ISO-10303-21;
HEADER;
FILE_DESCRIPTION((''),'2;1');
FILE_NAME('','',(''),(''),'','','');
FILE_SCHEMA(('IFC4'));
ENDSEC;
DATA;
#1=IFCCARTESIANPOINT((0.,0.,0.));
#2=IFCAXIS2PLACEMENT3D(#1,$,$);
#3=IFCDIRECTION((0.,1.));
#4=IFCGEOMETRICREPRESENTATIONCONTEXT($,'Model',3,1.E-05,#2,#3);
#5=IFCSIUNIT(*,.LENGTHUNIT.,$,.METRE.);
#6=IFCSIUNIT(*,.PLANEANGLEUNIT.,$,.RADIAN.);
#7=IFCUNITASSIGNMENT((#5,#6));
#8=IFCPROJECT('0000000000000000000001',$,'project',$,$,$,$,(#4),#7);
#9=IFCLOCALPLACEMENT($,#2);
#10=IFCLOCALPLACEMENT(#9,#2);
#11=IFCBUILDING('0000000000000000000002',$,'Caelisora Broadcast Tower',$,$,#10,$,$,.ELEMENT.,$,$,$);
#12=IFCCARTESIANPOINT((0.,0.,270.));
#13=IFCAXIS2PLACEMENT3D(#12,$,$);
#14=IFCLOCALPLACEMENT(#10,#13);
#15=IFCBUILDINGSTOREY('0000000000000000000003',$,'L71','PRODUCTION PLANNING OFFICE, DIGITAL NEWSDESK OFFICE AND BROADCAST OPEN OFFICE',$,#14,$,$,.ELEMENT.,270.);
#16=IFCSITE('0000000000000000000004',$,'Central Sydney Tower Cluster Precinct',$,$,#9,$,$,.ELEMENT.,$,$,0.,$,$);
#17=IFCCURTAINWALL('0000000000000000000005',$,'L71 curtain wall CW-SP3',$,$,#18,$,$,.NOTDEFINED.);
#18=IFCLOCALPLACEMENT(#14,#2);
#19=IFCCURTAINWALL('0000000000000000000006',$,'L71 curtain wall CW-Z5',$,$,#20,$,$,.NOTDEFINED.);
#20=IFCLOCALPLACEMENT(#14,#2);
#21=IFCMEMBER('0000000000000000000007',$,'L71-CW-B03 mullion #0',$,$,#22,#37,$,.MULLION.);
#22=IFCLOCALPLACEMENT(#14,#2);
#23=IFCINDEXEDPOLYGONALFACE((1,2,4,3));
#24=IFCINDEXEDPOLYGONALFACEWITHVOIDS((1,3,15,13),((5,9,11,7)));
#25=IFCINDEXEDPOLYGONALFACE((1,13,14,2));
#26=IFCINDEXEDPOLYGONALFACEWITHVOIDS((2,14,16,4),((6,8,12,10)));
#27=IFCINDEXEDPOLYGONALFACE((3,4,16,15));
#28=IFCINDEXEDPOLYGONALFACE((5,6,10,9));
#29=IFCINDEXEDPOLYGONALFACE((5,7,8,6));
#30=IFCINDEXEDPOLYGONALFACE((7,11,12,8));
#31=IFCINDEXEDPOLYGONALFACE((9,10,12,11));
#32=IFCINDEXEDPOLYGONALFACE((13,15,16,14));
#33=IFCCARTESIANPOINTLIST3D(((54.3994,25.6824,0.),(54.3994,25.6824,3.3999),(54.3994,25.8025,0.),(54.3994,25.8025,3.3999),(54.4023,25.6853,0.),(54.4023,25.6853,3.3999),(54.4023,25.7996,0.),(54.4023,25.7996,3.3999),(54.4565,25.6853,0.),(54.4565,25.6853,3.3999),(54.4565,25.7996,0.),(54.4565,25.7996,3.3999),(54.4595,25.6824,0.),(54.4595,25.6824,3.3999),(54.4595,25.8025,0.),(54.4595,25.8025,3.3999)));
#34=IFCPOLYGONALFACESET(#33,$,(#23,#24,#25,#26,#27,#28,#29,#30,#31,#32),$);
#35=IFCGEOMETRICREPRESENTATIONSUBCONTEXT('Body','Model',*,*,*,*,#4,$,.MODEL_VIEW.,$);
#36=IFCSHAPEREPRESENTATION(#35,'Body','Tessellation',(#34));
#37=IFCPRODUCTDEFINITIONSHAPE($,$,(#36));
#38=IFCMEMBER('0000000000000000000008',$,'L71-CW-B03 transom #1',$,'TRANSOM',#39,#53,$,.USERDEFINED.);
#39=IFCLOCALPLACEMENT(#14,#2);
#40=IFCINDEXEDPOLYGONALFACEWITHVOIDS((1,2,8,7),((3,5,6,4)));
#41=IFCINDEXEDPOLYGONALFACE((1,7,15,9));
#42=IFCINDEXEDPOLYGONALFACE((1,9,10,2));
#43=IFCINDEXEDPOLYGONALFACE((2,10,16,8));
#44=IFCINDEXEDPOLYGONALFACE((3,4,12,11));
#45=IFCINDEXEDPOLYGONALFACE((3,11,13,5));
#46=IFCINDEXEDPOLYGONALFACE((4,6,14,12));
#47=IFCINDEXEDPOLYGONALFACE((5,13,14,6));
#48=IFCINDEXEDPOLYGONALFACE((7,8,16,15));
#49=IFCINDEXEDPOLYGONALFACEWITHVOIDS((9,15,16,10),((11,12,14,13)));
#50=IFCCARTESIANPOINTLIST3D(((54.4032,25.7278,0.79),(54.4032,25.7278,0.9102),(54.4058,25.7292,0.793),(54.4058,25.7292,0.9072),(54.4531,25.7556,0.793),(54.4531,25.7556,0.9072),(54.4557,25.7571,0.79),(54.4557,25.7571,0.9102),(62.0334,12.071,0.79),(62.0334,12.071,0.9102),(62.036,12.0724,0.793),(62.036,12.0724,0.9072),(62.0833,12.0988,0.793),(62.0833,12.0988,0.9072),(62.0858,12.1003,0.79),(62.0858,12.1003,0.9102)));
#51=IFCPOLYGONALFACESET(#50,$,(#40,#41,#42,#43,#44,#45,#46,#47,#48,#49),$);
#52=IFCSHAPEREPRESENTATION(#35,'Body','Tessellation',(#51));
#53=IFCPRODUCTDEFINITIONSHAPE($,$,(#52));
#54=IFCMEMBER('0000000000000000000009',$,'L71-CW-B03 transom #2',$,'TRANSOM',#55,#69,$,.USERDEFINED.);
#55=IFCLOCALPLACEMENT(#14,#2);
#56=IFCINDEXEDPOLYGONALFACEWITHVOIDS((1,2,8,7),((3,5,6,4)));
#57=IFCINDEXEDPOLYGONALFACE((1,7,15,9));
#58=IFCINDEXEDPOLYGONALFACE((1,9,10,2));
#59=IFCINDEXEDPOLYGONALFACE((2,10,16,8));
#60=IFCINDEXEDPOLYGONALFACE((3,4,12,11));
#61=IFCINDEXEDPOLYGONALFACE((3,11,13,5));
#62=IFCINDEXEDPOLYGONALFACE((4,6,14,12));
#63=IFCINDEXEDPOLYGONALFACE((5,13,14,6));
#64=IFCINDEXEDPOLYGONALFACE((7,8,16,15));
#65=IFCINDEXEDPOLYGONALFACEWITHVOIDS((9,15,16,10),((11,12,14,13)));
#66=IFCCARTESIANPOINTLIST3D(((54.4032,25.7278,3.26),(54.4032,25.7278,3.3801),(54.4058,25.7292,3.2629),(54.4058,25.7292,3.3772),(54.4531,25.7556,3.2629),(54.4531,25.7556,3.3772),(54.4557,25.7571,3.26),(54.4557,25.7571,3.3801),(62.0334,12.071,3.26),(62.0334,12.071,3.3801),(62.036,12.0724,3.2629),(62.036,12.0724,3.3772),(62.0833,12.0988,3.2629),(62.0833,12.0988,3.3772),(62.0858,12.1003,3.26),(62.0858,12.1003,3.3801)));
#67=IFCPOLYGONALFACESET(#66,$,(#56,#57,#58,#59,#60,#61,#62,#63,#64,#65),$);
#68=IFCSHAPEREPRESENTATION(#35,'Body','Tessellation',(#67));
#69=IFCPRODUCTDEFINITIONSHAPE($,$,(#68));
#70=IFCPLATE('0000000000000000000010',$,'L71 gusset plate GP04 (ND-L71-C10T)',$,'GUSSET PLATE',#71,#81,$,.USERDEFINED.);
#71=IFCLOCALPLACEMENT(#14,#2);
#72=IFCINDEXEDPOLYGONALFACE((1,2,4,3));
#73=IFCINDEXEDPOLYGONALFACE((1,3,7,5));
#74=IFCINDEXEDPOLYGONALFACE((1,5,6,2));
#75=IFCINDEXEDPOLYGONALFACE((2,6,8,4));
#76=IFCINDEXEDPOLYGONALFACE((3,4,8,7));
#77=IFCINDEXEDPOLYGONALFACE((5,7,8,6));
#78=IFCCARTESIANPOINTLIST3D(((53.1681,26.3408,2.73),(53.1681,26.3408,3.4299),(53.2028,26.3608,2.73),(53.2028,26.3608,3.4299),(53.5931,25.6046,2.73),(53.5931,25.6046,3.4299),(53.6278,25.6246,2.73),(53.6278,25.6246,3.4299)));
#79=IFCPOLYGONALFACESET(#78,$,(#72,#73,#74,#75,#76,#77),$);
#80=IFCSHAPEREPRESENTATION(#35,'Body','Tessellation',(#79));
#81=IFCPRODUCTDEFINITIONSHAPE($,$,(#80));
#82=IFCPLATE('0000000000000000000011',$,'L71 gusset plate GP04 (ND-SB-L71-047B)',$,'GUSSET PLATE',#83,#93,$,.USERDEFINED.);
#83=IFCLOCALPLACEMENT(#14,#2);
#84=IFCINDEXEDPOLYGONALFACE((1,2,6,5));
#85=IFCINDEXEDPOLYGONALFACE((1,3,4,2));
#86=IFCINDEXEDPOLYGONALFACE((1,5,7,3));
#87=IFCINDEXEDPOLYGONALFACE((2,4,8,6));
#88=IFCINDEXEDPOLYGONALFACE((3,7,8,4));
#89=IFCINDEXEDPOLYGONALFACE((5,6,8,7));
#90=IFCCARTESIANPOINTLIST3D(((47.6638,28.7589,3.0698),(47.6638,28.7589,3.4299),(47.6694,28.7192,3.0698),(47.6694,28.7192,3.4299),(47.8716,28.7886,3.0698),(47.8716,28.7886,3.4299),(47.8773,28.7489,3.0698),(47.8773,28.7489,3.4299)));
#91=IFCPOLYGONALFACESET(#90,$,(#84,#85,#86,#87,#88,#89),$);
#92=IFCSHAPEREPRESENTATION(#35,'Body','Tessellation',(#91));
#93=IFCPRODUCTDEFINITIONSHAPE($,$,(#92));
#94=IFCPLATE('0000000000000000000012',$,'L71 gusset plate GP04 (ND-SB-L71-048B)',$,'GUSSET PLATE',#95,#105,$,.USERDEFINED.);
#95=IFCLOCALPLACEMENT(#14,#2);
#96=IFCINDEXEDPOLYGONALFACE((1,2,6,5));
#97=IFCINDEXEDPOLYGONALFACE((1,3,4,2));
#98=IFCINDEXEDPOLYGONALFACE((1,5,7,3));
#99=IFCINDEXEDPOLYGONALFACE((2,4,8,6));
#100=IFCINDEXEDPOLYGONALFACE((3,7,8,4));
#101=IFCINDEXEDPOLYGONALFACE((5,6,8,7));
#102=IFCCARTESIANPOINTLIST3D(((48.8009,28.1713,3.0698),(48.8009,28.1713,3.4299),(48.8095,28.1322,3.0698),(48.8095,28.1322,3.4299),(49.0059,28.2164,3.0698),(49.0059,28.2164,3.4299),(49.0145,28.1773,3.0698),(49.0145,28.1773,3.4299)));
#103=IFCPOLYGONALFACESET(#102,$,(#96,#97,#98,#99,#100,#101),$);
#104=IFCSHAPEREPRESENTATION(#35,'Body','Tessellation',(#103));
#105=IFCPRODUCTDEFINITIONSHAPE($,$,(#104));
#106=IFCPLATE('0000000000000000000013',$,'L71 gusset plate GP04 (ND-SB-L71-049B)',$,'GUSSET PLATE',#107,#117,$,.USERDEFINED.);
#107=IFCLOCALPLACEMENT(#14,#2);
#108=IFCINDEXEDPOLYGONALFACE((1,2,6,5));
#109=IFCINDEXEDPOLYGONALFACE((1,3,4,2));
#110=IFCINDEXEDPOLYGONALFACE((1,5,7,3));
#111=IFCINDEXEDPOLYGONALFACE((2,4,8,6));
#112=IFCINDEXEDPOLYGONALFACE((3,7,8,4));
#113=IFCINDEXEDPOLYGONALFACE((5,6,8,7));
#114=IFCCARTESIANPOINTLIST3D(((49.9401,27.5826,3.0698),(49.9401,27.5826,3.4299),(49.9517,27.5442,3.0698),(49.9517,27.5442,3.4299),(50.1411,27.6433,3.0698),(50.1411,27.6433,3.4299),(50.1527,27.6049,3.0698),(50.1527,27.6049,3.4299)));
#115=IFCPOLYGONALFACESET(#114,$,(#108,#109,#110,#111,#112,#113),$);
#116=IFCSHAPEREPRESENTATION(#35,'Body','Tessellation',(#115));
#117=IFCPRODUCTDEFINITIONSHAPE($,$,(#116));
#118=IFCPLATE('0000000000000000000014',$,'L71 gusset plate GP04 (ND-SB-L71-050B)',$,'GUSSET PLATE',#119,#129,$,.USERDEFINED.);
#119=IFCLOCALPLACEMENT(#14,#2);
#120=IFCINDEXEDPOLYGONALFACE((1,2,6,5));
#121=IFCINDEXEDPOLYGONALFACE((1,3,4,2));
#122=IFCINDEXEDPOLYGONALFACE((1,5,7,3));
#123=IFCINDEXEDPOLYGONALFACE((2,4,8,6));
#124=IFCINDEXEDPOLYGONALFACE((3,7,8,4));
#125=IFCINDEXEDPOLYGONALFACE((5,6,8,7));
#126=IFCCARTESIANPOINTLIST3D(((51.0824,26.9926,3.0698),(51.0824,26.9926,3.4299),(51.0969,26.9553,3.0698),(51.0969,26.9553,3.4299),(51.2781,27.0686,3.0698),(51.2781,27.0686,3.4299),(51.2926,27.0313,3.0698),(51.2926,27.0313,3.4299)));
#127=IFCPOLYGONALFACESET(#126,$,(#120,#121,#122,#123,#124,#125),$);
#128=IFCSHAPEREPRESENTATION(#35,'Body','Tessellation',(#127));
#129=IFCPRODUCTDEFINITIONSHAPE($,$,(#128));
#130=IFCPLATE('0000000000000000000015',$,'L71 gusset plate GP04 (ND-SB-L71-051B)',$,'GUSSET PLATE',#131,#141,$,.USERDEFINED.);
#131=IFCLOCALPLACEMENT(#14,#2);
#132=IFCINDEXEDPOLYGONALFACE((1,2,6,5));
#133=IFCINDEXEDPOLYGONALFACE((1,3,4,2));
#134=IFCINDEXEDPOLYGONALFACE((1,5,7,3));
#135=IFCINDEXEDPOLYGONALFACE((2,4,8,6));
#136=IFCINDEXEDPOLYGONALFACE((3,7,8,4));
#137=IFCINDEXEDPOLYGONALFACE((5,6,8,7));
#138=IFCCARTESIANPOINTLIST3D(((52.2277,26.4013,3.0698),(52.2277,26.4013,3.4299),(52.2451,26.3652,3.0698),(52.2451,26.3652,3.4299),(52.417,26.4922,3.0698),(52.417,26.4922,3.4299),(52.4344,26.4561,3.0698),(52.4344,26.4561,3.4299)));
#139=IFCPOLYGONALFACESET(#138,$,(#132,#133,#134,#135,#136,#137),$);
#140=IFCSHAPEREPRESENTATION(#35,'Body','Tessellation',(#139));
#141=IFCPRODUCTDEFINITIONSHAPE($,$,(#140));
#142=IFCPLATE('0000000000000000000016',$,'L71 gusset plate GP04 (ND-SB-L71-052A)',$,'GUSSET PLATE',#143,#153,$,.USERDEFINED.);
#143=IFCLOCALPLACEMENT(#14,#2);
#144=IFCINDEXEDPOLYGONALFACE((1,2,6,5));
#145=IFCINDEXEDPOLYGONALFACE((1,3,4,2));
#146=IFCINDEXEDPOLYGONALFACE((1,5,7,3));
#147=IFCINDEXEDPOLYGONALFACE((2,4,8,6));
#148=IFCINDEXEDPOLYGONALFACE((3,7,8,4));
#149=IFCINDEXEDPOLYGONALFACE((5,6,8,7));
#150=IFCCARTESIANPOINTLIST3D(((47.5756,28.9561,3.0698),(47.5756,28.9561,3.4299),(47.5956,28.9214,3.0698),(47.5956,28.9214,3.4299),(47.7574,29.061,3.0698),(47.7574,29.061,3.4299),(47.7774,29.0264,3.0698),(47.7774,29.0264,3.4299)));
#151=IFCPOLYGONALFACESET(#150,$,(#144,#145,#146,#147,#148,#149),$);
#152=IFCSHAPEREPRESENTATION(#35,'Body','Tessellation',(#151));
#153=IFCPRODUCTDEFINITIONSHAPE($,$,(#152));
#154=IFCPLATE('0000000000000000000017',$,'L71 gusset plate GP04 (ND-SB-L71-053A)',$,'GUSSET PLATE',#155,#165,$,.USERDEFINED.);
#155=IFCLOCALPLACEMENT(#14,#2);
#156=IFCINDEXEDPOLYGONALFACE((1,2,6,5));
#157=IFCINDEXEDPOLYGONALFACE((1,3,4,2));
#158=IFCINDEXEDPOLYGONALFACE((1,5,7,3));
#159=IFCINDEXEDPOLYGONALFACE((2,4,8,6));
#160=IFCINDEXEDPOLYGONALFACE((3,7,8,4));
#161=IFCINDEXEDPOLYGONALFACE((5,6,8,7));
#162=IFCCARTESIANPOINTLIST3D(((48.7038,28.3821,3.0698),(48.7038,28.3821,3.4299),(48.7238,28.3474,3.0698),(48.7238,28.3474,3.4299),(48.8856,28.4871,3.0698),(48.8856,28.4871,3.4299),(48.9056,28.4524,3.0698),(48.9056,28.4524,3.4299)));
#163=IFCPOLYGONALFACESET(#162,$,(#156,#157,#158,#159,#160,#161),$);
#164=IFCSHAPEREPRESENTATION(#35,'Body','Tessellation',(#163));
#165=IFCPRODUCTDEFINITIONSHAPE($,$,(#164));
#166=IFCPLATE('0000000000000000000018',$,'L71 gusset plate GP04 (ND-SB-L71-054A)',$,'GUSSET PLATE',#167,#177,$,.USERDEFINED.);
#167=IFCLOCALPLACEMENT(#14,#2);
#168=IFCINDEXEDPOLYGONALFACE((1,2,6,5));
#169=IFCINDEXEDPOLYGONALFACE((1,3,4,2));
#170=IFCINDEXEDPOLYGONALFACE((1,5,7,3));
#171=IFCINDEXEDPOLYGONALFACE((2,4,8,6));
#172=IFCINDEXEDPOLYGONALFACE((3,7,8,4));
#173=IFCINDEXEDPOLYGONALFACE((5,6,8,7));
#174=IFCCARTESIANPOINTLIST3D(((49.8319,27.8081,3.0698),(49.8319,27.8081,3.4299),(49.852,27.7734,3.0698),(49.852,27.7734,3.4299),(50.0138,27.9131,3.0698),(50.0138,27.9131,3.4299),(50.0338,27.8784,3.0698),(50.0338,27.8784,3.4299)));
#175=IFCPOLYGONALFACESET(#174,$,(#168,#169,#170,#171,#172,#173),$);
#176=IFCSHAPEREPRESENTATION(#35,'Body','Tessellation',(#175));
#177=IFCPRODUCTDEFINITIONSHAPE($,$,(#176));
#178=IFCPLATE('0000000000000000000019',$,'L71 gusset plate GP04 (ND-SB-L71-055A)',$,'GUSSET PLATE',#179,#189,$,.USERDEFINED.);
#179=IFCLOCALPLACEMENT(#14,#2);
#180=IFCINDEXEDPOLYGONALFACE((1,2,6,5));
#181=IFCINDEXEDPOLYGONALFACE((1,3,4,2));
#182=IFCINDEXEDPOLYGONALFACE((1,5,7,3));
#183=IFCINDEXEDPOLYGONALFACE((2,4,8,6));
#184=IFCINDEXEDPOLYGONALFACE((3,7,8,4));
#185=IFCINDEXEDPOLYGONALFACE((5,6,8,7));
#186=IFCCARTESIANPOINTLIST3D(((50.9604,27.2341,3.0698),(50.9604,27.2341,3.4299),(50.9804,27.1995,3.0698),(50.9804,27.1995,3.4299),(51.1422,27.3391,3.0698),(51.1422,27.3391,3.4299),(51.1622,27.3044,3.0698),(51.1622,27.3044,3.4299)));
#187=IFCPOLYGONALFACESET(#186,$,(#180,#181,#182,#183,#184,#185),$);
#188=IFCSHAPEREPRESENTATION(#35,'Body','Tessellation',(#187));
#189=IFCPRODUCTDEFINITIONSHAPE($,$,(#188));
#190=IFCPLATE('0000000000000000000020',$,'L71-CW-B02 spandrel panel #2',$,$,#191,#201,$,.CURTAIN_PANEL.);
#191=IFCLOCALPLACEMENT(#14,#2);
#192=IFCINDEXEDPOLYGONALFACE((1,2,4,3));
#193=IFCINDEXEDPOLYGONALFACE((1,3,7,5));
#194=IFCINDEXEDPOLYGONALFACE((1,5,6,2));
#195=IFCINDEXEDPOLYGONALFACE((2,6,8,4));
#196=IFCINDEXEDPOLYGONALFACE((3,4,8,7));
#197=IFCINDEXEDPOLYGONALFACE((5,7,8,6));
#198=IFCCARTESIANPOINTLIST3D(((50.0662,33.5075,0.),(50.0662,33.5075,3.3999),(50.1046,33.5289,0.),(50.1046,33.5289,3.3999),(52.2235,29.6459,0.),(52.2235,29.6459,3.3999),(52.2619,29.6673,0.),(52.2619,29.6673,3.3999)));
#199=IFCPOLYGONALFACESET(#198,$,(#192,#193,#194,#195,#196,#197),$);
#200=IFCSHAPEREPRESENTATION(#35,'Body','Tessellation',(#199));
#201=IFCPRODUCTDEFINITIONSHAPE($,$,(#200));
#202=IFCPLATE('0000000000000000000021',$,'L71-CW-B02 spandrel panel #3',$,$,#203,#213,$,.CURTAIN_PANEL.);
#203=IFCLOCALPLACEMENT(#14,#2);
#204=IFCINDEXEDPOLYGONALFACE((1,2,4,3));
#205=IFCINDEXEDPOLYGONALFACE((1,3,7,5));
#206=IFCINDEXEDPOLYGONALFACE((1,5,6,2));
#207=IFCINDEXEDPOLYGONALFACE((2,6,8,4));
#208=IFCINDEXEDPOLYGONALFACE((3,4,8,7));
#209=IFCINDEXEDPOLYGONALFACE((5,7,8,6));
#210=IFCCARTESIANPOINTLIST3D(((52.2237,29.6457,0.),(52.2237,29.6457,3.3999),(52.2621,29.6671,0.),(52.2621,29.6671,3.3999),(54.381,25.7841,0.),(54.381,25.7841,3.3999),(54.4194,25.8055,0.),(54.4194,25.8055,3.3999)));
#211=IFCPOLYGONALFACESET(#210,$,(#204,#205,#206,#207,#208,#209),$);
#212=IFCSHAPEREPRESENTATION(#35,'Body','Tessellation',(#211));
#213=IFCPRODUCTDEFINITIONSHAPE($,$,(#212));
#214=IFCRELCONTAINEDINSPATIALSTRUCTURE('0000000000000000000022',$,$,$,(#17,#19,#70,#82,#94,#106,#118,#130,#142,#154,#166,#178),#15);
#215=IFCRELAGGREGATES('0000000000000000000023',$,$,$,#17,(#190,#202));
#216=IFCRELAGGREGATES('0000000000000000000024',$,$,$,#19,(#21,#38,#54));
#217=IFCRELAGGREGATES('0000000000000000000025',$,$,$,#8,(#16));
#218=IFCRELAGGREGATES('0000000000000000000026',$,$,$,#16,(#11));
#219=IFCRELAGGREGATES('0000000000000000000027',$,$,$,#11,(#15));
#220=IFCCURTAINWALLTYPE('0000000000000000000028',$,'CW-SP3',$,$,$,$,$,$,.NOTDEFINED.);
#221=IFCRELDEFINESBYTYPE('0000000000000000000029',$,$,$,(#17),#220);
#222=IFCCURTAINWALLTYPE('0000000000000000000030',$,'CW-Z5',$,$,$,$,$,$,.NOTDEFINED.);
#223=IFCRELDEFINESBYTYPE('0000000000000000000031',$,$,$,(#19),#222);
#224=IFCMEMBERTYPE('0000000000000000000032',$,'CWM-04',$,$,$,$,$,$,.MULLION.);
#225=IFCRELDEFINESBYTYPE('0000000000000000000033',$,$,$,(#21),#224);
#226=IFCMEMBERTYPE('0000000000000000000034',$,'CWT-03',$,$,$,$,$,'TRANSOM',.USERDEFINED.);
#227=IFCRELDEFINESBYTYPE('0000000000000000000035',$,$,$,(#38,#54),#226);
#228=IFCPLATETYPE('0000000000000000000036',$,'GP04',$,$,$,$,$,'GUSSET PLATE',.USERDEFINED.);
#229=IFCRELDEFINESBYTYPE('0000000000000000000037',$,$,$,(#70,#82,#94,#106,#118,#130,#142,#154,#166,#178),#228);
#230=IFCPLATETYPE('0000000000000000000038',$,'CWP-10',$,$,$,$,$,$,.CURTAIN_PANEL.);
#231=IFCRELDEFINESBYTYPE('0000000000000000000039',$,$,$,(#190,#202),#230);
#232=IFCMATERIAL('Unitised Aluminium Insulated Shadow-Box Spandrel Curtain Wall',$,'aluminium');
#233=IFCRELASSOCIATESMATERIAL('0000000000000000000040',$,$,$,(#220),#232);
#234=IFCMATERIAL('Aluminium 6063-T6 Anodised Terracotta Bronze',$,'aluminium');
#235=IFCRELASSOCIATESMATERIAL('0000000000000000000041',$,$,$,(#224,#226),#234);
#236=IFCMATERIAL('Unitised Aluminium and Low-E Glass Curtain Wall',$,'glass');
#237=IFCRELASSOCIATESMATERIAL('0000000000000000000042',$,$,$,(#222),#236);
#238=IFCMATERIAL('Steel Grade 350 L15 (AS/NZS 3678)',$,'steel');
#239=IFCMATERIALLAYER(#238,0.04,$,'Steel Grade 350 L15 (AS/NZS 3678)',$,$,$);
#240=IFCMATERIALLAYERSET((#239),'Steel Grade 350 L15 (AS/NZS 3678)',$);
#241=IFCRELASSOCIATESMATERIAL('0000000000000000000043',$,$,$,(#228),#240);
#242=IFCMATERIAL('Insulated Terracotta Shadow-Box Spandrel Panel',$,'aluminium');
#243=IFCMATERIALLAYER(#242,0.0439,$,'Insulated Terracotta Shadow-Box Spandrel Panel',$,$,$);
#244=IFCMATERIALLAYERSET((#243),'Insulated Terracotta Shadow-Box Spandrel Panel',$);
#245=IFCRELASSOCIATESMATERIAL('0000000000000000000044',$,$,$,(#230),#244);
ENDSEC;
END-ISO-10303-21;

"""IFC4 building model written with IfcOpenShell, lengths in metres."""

from ifc_helpers import new_model, si_unit, direction, frame, origin, origin_2d, place, context, subcontext, project, spatial, rectangle, hollow_rectangle, extrude, source, transform, mapped, material, layer, layer_set, material_profile, profile_set, type_object, type_shapes, element, aggregate, save


model = new_model("IFC4")

# Units and contexts
model_context = context("Model", 3, precision=1e-05, world=origin(), true_north=direction((0.0, 1.0)))
body_context = subcontext(model_context, "Body", "Model", "MODEL_VIEW")
ifc_project = project(units=[si_unit("LENGTHUNIT", "METRE"), si_unit("PLANEANGLEUNIT", "RADIAN")], contexts=[model_context])

# Site, building, storey
site_placement = place(None, origin())
site = spatial("IfcSite", under=ifc_project, at=site_placement, Name="Central Sydney Tower Cluster Precinct", CompositionType="ELEMENT", RefElevation=0.0)
building_placement = place(site_placement, origin())
building = spatial("IfcBuilding", under=site, at=building_placement, Name="Caelisora Broadcast Tower", CompositionType="ELEMENT")
storey_placement = place(building_placement, frame((0.0, 0.0, 270.0)))
storey = spatial("IfcBuildingStorey", under=building, at=storey_placement, Name="L71", Description="PRODUCTION PLANNING OFFICE, DIGITAL NEWSDESK OFFICE AND BROADCAST OPEN OFFICE", CompositionType="ELEMENT", Elevation=270.0)

# Shared definitions
ifc_material_1 = material(Name="Steel Grade 350 L15 (AS/NZS 3678)", Category="steel")

# Curtain walls, members
ifc_material_2 = material(Name="Unitised Aluminium Insulated Shadow-Box Spandrel Curtain Wall", Category="aluminium")
curtain_wall_type_1 = type_object("IfcCurtainWallType", Name="CW-SP3", PredefinedType="NOTDEFINED", material=ifc_material_2)
curtain_wall_1_placement = place(storey_placement, origin())
curtain_wall_1 = element("IfcCurtainWall", 1, at=curtain_wall_1_placement, inside=storey, type_object=curtain_wall_type_1, Name="L71 curtain wall CW-SP3", PredefinedType="NOTDEFINED")
ifc_material_3 = material(Name="Aluminium 6063-T6 Anodised Terracotta Bronze", Category="aluminium")
ifc_material_profile_1 = material_profile(ifc_material_3, hollow_rectangle(XDim=0.0601, YDim=0.1201, WallThickness=0.0029, at=origin_2d()), Name="Aluminium 6063-T6 Anodised Terracotta Bronze")
ifc_profile_set_1 = profile_set([ifc_material_profile_1], Name="Aluminium 6063-T6 Anodised Terracotta Bronze")
member_type_1 = type_object("IfcMemberType", Name="CWM-04", PredefinedType="MULLION", material=ifc_profile_set_1)
shared_shape_1 = source(origin(), body_context, "Body", "SweptSolid", [
    extrude(hollow_rectangle(XDim=0.0601, YDim=0.1201, WallThickness=0.0029, at=origin_2d()), origin(), (0.0, 0.0, 1.0), 3.3999),
])
type_shapes(member_type_1, [shared_shape_1])
ifc_material_4 = material(Name="Unitised Aluminium and Low-E Glass Curtain Wall", Category="glass")
curtain_wall_type_2 = type_object("IfcCurtainWallType", Name="CW-Z5", PredefinedType="NOTDEFINED", material=ifc_material_4)
curtain_wall_2_placement = place(storey_placement, origin())
curtain_wall_2 = element("IfcCurtainWall", 2, at=curtain_wall_2_placement, inside=storey, type_object=curtain_wall_type_2, Name="L71 curtain wall CW-Z5", PredefinedType="NOTDEFINED")
member_1_placement = place(storey_placement, frame((54.4294, 25.7424, 0.0), z_axis=(0.0, 0.0, 1.0), x_axis=(1.0, 0.0, 0.0)))
member_1 = element("IfcMember", 3, at=member_1_placement, type_object=member_type_1, Name="L71-CW-B03 mullion #0", PredefinedType="MULLION", context=body_context, shape_type="MappedRepresentation", body=[
    mapped(shared_shape_1, transform((0.0, 0.0, 0.0), scale=1.0)),
])
ifc_material_profile_2 = material_profile(ifc_material_3, hollow_rectangle(XDim=0.0601, YDim=0.1201, WallThickness=0.0029, at=origin_2d()), Name="Aluminium 6063-T6 Anodised Terracotta Bronze")
ifc_profile_set_2 = profile_set([ifc_material_profile_2], Name="Aluminium 6063-T6 Anodised Terracotta Bronze")
member_type_2 = type_object("IfcMemberType", Name="CWT-03", ElementType="TRANSOM", PredefinedType="USERDEFINED", material=ifc_profile_set_2)
shared_shape_2 = source(origin(), body_context, "Body", "SweptSolid", [
    extrude(hollow_rectangle(XDim=0.0601, YDim=0.1201, WallThickness=0.0029, at=origin_2d()), origin(), (0.0, 0.0, 1.0), 15.6438),
])
type_shapes(member_type_2, [shared_shape_2])
member_2_placement = place(storey_placement, frame((54.4294, 25.7424, 0.8501), z_axis=(0.487744, -0.872986, 0.0), x_axis=(0.872986, 0.487744, 0.0)))
member_2 = element("IfcMember", 4, at=member_2_placement, type_object=member_type_2, Name="L71-CW-B03 transom #1", ObjectType="TRANSOM", PredefinedType="USERDEFINED", context=body_context, shape_type="MappedRepresentation", body=[
    mapped(shared_shape_2, transform((0.0, 0.0, 0.0), scale=1.0)),
])
member_3_placement = place(storey_placement, frame((54.4294, 25.7424, 3.3201), z_axis=(0.487744, -0.872986, 0.0), x_axis=(0.872986, 0.487744, 0.0)))
member_3 = element("IfcMember", 5, at=member_3_placement, type_object=member_type_2, Name="L71-CW-B03 transom #2", ObjectType="TRANSOM", PredefinedType="USERDEFINED", context=body_context, shape_type="MappedRepresentation", body=[
    mapped(shared_shape_2, transform((0.0, 0.0, 0.0), scale=1.0)),
])

# Plates
ifc_layer_1 = layer(ifc_material_1, 0.04, Name="Steel Grade 350 L15 (AS/NZS 3678)")
ifc_layer_set_1 = layer_set([ifc_layer_1], Name="Steel Grade 350 L15 (AS/NZS 3678)")
plate_type_1 = type_object("IfcPlateType", Name="GP04", ElementType="GUSSET PLATE", PredefinedType="USERDEFINED", material=ifc_layer_set_1)
shared_shape_3 = source(origin(), body_context, "Body", "SweptSolid", [
    extrude(rectangle(XDim=0.8501, YDim=0.04, at=origin_2d()), origin(), (0.0, 0.0, 1.0), 0.7),
])
plate_1_placement = place(storey_placement, frame((53.3979, 25.9827, 2.73), z_axis=(0.0, 0.0, 1.0), x_axis=(-0.5, 0.866025, 0.0)))
element("IfcPlate", 6, at=plate_1_placement, inside=storey, type_object=plate_type_1, Name="L71 gusset plate GP04 (ND-L71-C10T)", ObjectType="GUSSET PLATE", PredefinedType="USERDEFINED", context=body_context, shape_type="MappedRepresentation", body=[
    mapped(shared_shape_3, transform((0.0, 0.0, 0.0), scale=1.0)),
])
shared_shape_4 = source(origin(), body_context, "Body", "SweptSolid", [
    extrude(rectangle(XDim=0.21, YDim=0.04, at=origin_2d()), origin(), (0.0, 0.0, 1.0), 0.3601),
])
type_shapes(plate_type_1, [shared_shape_3, shared_shape_4])
for number, where, z_axis, x_axis, name in (
    (7, (47.7705, 28.7539, 3.0698), (0.0, 0.0, 1.0), (-0.98995, -0.14142, 0.0), "L71 gusset plate GP04 (ND-SB-L71-047B)"),
    (8, (48.9077, 28.1743, 3.0698), (0.0, 0.0, 1.0), (-0.976597, -0.215076, 0.0), "L71 gusset plate GP04 (ND-SB-L71-048B)"),
    (9, (50.0464, 27.5938, 3.0698), (0.0, 0.0, 1.0), (-0.957319, -0.289032, 0.0), "L71 gusset plate GP04 (ND-SB-L71-049B)"),
    (10, (51.1875, 27.012, 3.0698), (0.0, 0.0, 1.0), (-0.932134, -0.362113, 0.0), "L71 gusset plate GP04 (ND-SB-L71-050B)"),
    (11, (52.3311, 26.4287, 3.0698), (0.0, 0.0, 1.0), (-0.901531, -0.432715, 0.0), "L71 gusset plate GP04 (ND-SB-L71-051B)"),
    (12, (47.6765, 28.9912, 3.0698), (0.0, 0.0, 1.0), (-0.866025, -0.5, 0.0), "L71 gusset plate GP04 (ND-SB-L71-052A)"),
    (13, (48.8047, 28.4172, 3.0698), (0.0, 0.0, 1.0), (-0.866025, -0.5, 0.0), "L71 gusset plate GP04 (ND-SB-L71-053A)"),
    (14, (49.9329, 27.8433, 3.0698), (0.0, 0.0, 1.0), (-0.866025, -0.5, 0.0), "L71 gusset plate GP04 (ND-SB-L71-054A)"),
    (15, (51.0613, 27.2693, 3.0698), (0.0, 0.0, 1.0), (-0.866025, -0.5, 0.0), "L71 gusset plate GP04 (ND-SB-L71-055A)"),
):
    element("IfcPlate", number, at=place(storey_placement, frame(where, z_axis=z_axis, x_axis=x_axis)), inside=storey, type_object=plate_type_1, Name=name, ObjectType="GUSSET PLATE", PredefinedType="USERDEFINED", context=body_context, shape_type="MappedRepresentation", body=[
        mapped(shared_shape_4, transform((0.0, 0.0, 0.0), scale=1.0)),
    ])

# Plates
ifc_material_5 = material(Name="Insulated Terracotta Shadow-Box Spandrel Panel", Category="aluminium")
ifc_layer_2 = layer(ifc_material_5, 0.0439, Name="Insulated Terracotta Shadow-Box Spandrel Panel")
ifc_layer_set_2 = layer_set([ifc_layer_2], Name="Insulated Terracotta Shadow-Box Spandrel Panel")
plate_type_2 = type_object("IfcPlateType", Name="CWP-10", PredefinedType="CURTAIN_PANEL", material=ifc_layer_set_2)
shared_shape_5 = source(origin(), body_context, "Body", "SweptSolid", [
    extrude(rectangle(XDim=4.4233, YDim=0.0439, at=origin_2d()), origin(), (0.0, 0.0, 1.0), 3.3999),
])
type_shapes(plate_type_2, [shared_shape_5])
plate_2_placement = place(storey_placement, frame((51.1641, 31.5874, 0.0), z_axis=(0.0, 0.0, 1.0), x_axis=(0.487707, -0.873007, 0.0)))
plate_2 = element("IfcPlate", 16, at=plate_2_placement, type_object=plate_type_2, Name="L71-CW-B02 spandrel panel #2", PredefinedType="CURTAIN_PANEL", context=body_context, shape_type="MappedRepresentation", body=[
    mapped(shared_shape_5, transform((0.0, 0.0, 0.0), scale=1.0)),
])
plate_3_placement = place(storey_placement, frame((53.3215, 27.7256, 0.0), z_axis=(0.0, 0.0, 1.0), x_axis=(0.487707, -0.873007, 0.0)))
plate_3 = element("IfcPlate", 17, at=plate_3_placement, type_object=plate_type_2, Name="L71-CW-B02 spandrel panel #3", PredefinedType="CURTAIN_PANEL", context=body_context, shape_type="MappedRepresentation", body=[
    mapped(shared_shape_5, transform((0.0, 0.0, 0.0), scale=1.0)),
])
aggregate(curtain_wall_1, [plate_2, plate_3])
aggregate(curtain_wall_2, [member_1, member_2, member_3])

save(model, "model.ifc")
